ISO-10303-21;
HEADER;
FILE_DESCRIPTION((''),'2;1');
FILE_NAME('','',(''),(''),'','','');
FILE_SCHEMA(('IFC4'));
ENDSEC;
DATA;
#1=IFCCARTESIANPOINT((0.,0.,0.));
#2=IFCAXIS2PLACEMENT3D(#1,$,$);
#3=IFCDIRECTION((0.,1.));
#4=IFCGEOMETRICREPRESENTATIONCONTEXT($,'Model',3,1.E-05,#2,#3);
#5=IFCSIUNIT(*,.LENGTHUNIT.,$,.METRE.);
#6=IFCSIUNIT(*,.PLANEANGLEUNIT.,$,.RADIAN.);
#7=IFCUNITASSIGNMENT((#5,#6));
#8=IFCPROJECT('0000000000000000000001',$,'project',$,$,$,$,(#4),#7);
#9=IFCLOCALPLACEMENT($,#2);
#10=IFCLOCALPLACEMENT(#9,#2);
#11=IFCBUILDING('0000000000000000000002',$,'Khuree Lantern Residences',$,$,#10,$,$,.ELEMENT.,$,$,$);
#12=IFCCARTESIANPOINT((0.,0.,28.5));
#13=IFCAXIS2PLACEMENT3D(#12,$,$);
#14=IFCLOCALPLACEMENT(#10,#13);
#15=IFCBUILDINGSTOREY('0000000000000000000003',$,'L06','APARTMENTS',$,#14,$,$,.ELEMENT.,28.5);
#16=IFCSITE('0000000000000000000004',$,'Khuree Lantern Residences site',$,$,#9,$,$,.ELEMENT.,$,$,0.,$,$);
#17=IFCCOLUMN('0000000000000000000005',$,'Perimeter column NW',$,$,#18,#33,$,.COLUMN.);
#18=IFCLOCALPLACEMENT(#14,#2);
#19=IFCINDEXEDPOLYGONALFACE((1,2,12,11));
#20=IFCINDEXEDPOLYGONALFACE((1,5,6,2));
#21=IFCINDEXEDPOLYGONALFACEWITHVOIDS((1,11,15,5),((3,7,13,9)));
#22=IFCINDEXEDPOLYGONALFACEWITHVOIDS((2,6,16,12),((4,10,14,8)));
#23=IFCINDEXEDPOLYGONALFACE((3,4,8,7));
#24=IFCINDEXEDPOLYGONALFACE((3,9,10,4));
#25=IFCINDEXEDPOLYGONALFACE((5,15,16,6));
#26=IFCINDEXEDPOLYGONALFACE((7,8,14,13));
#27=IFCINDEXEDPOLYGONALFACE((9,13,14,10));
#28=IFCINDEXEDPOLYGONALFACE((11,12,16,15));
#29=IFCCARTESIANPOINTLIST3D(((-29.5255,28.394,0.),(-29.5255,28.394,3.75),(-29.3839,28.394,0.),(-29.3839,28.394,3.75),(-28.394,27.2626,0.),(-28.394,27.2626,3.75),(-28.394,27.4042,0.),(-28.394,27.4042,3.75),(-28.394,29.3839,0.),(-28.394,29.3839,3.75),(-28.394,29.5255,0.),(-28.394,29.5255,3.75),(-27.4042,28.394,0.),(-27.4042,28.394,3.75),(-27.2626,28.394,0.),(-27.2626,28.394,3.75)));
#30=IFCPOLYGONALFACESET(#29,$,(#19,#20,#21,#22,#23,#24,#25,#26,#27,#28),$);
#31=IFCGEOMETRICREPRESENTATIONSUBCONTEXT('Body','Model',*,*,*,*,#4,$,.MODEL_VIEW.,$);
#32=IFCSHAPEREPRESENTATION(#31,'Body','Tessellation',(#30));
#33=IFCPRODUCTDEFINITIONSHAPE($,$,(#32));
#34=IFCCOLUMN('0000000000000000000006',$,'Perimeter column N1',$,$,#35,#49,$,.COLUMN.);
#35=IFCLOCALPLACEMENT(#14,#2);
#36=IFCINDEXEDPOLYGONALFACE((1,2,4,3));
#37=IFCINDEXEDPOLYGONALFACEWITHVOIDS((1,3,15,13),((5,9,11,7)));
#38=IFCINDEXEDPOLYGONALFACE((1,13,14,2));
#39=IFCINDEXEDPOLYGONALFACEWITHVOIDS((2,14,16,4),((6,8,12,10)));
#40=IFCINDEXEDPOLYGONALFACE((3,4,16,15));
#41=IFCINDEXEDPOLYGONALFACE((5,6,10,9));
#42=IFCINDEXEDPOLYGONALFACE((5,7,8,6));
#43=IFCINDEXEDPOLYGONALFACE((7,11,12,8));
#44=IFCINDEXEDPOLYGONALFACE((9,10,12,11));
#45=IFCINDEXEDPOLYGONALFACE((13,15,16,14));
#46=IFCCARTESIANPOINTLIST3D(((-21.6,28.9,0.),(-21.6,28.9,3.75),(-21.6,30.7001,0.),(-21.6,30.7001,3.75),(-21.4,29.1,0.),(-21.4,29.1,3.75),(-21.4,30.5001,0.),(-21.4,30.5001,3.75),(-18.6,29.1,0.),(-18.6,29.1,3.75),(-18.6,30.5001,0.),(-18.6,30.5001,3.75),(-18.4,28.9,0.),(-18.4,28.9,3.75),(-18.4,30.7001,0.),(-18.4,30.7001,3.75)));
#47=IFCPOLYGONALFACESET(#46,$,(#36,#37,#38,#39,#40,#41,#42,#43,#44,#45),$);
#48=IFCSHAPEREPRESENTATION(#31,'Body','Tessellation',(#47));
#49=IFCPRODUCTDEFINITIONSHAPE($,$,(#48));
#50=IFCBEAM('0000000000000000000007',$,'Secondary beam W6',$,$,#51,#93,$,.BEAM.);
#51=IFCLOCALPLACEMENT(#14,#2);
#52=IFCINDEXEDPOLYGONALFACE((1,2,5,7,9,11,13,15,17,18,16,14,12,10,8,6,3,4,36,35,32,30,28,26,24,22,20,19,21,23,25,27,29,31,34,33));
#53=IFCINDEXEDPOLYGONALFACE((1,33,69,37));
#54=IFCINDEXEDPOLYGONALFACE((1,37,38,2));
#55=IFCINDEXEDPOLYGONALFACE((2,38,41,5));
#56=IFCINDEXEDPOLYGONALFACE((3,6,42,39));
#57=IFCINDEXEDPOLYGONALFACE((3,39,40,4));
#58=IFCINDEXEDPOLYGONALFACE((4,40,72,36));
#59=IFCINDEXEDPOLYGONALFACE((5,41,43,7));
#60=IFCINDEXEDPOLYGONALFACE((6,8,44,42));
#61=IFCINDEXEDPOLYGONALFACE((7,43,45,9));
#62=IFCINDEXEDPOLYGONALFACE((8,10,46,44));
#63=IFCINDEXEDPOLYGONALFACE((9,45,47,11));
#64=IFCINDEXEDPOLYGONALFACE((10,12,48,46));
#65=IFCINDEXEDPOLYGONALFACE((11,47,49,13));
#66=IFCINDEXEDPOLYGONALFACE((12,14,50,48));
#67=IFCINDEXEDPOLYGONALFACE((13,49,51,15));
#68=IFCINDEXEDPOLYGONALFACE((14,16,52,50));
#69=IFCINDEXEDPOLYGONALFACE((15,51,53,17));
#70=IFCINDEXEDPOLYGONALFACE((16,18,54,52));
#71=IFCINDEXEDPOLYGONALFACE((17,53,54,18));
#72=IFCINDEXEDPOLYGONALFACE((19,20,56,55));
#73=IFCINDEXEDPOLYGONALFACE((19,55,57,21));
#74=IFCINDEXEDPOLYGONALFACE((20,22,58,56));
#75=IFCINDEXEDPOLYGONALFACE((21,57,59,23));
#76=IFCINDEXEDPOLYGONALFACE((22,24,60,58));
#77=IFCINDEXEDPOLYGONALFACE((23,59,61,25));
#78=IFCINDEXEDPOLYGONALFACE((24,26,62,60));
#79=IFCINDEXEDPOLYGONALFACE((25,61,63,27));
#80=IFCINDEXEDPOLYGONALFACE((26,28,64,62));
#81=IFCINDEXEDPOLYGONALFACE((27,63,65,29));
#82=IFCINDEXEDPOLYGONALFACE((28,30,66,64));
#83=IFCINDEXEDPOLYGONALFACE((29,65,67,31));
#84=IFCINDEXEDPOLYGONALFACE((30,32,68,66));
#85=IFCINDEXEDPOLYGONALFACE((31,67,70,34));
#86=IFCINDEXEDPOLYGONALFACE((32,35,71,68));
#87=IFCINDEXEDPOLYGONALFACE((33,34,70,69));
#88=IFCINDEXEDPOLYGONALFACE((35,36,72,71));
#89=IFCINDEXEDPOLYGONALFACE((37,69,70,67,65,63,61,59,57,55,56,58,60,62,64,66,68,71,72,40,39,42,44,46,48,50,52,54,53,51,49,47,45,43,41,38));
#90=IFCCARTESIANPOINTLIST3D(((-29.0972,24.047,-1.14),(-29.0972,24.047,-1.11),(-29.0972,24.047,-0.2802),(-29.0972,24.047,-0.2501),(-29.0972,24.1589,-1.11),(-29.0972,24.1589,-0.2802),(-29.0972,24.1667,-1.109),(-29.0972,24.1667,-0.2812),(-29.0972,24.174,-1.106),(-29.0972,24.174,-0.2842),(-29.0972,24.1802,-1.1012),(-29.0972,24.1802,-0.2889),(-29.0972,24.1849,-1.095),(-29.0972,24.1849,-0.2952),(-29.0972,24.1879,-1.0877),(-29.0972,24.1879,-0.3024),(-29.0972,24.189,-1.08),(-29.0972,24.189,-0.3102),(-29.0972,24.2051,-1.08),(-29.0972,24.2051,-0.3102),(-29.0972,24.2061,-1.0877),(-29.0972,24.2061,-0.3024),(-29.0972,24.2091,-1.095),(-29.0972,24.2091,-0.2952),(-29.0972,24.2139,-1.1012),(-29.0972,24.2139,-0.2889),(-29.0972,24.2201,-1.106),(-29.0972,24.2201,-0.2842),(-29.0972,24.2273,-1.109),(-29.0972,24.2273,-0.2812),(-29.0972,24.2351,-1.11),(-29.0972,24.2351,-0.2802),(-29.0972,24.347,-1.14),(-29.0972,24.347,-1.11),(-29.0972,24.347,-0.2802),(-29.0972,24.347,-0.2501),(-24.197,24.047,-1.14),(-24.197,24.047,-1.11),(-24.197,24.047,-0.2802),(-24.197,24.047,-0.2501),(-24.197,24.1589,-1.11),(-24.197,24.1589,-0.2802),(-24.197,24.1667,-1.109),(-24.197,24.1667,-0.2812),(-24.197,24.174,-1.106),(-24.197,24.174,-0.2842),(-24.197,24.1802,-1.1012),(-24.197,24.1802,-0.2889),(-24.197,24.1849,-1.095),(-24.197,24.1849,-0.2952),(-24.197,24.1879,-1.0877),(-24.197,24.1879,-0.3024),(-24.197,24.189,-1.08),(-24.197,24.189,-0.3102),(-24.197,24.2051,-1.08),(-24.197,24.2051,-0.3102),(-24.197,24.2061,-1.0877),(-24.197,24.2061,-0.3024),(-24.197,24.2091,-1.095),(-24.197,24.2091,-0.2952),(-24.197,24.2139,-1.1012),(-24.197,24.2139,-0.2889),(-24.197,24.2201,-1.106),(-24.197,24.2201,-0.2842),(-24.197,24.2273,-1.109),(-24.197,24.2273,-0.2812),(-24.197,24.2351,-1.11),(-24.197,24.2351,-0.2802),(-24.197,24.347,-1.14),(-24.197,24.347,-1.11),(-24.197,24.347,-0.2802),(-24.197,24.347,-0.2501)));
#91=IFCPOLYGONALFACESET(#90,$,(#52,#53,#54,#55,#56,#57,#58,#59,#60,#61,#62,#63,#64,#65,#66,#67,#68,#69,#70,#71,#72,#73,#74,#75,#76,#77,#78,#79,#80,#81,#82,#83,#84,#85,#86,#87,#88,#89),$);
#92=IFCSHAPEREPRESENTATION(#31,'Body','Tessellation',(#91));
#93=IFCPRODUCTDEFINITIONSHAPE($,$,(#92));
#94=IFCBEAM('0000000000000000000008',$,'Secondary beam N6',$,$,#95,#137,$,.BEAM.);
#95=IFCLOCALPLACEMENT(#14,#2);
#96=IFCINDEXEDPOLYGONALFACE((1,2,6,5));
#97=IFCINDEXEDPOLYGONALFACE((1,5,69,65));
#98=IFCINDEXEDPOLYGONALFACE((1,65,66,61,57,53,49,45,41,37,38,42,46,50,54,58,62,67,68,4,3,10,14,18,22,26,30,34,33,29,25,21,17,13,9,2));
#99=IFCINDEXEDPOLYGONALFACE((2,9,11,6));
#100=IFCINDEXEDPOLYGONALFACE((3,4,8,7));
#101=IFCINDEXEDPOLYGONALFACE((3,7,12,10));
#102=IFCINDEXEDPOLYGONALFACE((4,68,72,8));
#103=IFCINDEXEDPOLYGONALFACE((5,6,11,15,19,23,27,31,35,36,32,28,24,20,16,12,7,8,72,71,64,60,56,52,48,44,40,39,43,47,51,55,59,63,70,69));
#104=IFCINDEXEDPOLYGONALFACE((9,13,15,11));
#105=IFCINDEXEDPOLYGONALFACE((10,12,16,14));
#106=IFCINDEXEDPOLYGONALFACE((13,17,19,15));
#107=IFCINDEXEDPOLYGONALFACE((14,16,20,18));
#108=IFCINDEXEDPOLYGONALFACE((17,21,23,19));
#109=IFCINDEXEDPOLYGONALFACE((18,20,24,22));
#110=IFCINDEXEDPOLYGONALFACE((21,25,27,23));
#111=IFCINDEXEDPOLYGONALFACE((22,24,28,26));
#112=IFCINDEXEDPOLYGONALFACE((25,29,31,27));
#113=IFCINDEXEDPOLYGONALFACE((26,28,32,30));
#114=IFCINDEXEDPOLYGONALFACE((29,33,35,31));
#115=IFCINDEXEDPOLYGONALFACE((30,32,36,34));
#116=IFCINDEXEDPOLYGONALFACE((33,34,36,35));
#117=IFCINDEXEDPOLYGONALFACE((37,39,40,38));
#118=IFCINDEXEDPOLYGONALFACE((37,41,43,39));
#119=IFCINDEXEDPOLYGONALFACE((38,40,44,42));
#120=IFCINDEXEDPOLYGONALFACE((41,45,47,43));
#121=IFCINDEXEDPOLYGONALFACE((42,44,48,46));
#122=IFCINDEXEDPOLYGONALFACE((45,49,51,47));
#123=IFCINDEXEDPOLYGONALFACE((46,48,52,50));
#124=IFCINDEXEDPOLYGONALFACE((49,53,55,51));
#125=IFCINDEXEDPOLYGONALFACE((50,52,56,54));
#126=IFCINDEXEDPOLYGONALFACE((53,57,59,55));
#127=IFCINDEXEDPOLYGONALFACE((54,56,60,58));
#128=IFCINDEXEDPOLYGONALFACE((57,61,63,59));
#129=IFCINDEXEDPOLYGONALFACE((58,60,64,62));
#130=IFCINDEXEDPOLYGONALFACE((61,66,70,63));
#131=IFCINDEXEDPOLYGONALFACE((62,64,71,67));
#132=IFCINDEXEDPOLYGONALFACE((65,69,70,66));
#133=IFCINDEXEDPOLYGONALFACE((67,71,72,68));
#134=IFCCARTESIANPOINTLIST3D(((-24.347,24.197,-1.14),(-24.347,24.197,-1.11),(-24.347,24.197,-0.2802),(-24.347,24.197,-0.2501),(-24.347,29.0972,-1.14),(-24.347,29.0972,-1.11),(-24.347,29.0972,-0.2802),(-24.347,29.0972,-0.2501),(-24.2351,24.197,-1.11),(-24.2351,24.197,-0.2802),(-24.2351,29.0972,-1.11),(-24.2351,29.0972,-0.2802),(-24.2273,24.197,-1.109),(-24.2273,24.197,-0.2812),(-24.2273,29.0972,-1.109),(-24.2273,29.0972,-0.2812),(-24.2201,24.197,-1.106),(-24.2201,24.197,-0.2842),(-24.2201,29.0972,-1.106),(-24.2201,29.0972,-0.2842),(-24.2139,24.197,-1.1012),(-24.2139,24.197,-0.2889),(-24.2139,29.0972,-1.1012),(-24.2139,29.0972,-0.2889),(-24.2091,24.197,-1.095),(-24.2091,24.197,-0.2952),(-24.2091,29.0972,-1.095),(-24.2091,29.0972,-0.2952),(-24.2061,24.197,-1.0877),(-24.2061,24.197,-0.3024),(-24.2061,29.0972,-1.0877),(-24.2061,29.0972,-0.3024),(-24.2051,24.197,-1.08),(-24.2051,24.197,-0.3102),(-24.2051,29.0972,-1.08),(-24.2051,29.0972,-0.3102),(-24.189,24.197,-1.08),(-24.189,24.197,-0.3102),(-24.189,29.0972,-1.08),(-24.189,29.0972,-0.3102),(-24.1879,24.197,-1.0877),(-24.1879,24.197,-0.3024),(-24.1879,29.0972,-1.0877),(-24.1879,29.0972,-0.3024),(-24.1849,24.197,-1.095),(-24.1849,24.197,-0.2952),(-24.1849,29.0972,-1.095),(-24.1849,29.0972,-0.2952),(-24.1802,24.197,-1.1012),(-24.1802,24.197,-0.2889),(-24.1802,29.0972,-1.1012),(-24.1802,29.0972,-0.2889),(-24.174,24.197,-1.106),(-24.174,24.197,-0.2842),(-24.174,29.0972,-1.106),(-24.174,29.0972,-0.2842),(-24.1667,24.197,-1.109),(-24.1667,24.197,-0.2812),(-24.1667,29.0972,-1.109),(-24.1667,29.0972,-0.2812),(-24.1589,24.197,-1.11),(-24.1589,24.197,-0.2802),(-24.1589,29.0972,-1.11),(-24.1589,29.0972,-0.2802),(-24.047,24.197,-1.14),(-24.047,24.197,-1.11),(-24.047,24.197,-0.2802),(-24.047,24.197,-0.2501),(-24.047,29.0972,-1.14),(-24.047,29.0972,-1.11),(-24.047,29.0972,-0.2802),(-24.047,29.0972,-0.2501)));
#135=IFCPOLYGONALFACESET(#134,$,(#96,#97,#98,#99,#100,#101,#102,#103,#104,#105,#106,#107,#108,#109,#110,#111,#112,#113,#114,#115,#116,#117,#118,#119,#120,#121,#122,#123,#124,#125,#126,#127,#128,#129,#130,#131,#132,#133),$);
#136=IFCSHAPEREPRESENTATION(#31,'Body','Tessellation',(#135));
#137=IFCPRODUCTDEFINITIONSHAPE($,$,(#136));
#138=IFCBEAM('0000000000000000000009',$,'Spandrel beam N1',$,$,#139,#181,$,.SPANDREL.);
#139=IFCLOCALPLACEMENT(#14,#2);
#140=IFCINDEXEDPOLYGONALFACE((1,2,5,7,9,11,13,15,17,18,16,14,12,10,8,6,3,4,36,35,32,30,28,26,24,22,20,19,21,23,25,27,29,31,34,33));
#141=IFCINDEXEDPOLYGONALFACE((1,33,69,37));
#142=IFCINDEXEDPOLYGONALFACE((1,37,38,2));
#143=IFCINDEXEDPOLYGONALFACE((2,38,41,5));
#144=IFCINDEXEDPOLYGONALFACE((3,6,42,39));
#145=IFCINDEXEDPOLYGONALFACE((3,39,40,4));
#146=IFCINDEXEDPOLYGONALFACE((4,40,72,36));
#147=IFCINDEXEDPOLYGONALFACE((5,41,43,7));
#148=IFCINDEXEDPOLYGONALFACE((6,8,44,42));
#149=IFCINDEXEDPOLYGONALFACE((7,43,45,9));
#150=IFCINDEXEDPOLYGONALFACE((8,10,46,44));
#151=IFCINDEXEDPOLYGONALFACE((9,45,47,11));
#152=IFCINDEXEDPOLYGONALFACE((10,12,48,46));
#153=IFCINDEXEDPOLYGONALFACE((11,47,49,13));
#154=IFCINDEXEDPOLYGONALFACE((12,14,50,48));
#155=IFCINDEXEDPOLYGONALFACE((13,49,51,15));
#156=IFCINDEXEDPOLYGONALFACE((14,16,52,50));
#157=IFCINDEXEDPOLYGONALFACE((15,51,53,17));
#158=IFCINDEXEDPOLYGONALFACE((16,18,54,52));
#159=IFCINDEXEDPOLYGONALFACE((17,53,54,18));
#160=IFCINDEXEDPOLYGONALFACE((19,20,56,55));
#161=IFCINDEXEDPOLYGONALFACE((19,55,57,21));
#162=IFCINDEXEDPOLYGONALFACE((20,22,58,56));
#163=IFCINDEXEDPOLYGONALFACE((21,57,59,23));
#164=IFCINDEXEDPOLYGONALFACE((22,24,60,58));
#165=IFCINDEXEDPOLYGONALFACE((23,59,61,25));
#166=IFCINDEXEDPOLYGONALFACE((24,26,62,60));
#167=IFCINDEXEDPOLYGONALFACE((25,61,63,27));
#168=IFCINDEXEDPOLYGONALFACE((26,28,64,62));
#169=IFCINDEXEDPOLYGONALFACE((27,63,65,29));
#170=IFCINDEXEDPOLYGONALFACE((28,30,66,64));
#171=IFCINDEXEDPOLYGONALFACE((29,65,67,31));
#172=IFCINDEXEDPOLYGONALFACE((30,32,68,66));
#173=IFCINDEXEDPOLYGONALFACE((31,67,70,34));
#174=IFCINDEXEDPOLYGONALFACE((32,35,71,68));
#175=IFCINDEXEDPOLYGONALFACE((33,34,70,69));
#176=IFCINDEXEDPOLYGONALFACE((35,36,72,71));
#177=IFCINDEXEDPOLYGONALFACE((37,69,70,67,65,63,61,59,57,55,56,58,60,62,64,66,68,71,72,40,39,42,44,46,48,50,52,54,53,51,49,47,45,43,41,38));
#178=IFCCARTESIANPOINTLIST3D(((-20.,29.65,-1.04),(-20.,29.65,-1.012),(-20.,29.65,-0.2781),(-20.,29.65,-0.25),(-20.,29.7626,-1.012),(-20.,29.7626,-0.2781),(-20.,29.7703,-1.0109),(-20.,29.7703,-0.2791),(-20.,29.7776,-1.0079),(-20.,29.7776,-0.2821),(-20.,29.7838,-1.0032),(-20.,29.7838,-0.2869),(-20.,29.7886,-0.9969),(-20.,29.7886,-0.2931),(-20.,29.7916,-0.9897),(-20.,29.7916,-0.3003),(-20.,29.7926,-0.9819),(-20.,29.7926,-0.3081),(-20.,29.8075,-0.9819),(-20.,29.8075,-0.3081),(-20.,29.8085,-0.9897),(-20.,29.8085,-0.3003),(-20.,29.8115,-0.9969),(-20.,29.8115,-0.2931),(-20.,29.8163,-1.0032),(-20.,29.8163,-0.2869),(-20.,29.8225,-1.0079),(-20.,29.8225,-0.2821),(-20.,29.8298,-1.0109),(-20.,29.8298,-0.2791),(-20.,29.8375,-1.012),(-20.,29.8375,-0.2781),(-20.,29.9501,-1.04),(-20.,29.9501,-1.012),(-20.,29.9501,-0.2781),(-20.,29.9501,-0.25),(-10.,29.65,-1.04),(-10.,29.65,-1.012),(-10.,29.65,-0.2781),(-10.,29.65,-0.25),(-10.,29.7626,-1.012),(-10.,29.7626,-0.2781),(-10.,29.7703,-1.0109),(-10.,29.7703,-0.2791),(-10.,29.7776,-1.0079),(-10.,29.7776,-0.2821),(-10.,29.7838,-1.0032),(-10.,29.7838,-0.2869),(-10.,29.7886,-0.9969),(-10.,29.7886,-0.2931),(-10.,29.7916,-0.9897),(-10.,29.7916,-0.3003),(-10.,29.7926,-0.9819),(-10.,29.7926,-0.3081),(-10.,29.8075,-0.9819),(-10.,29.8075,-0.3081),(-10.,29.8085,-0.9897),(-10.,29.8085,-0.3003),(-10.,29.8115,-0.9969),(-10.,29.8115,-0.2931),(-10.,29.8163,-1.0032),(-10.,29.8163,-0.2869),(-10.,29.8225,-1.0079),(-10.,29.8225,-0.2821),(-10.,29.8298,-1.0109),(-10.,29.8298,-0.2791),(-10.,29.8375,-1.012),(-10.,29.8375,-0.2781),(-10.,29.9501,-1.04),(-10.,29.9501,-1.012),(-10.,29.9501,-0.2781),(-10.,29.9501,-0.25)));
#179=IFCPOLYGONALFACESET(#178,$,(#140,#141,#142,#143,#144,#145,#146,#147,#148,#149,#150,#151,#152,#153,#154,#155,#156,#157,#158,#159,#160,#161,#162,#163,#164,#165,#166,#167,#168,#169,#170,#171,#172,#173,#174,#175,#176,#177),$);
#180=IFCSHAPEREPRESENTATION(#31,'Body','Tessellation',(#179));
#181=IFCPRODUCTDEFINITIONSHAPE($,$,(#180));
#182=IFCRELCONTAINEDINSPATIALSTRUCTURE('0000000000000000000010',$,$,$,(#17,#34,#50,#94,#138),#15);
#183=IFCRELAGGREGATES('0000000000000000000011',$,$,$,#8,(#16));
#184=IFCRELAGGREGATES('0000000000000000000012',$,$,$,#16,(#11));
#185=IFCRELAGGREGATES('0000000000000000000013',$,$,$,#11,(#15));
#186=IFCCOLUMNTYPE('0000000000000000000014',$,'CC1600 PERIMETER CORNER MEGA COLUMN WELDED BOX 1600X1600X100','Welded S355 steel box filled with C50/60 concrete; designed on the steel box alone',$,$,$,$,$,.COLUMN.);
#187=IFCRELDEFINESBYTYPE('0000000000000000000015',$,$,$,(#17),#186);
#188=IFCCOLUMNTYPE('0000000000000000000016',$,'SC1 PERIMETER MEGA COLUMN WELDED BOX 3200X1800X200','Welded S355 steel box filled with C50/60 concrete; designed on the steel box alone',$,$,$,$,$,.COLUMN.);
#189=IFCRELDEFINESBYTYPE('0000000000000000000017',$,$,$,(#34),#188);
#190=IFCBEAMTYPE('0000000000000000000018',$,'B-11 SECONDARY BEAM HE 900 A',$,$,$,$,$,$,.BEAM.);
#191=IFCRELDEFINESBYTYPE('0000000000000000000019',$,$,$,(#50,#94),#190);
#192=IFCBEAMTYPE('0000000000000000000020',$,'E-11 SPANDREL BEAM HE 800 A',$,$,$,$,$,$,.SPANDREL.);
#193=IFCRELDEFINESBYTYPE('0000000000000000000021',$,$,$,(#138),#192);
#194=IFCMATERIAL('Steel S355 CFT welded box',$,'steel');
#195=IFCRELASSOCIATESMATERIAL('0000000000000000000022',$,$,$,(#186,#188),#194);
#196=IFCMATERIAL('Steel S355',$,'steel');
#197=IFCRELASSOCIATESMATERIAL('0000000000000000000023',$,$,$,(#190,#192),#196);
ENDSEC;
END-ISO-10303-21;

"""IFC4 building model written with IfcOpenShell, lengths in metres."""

from ifc_helpers import new_model, si_unit, direction, frame, origin, origin_2d, place, context, subcontext, project, spatial, hollow_rectangle, i_section, extrude, material, material_profile, profile_set, type_object, element, save


model = new_model("IFC4")

# Units and contexts
model_context = context("Model", 3, precision=1e-05, world=origin(), true_north=direction((0.0, 1.0)))
body_context = subcontext(model_context, "Body", "Model", "MODEL_VIEW")
ifc_project = project(units=[si_unit("LENGTHUNIT", "METRE"), si_unit("PLANEANGLEUNIT", "RADIAN")], contexts=[model_context])

# Site, building, storey
site_placement = place(None, origin())
site = spatial("IfcSite", under=ifc_project, at=site_placement, Name="Khuree Lantern Residences site", CompositionType="ELEMENT", RefElevation=0.0)
building_placement = place(site_placement, origin())
building = spatial("IfcBuilding", under=site, at=building_placement, Name="Khuree Lantern Residences", CompositionType="ELEMENT")
storey_placement = place(building_placement, frame((0.0, 0.0, 28.5)))
storey = spatial("IfcBuildingStorey", under=building, at=storey_placement, Name="L06", Description="APARTMENTS", CompositionType="ELEMENT", Elevation=28.5)

# Columns
ifc_material_1 = material(Name="Steel S355 CFT welded box", Category="steel")
ifc_material_profile_1 = material_profile(ifc_material_1, hollow_rectangle(XDim=1.6001, YDim=1.6001, WallThickness=0.1001, at=origin_2d()), Name="WELDED BOX 1600X1600X100")
ifc_profile_set_1 = profile_set([ifc_material_profile_1], Name="Steel S355 CFT welded box")
column_type_1 = type_object("IfcColumnType", Name="CC1600 PERIMETER CORNER MEGA COLUMN WELDED BOX 1600X1600X100", Description="Welded S355 steel box filled with C50/60 concrete; designed on the steel box alone", PredefinedType="COLUMN", material=ifc_profile_set_1)
column_1_placement = place(storey_placement, frame((-28.394, 28.394, 0.0), z_axis=(0.0, 0.0, 1.0), x_axis=(0.707107, 0.707107, 0.0)))
element("IfcColumn", 1, at=column_1_placement, inside=storey, type_object=column_type_1, Name="Perimeter column NW", PredefinedType="COLUMN", context=body_context, shape_type="SweptSolid", body=[
    extrude(hollow_rectangle(XDim=1.6001, YDim=1.6001, WallThickness=0.1001, at=origin_2d()), origin(), (0.0, 0.0, 1.0), 3.75),
])
ifc_material_profile_2 = material_profile(ifc_material_1, hollow_rectangle(XDim=3.2, YDim=1.8, WallThickness=0.2, at=origin_2d()), Name="WELDED BOX 3200X1800X200")
ifc_profile_set_2 = profile_set([ifc_material_profile_2], Name="Steel S355 CFT welded box")
column_type_2 = type_object("IfcColumnType", Name="SC1 PERIMETER MEGA COLUMN WELDED BOX 3200X1800X200", Description="Welded S355 steel box filled with C50/60 concrete; designed on the steel box alone", PredefinedType="COLUMN", material=ifc_profile_set_2)
column_2_placement = place(storey_placement, frame((-20.0, 29.8, 0.0), z_axis=(0.0, 0.0, 1.0), x_axis=(1.0, 0.0, 0.0)))
element("IfcColumn", 2, at=column_2_placement, inside=storey, type_object=column_type_2, Name="Perimeter column N1", PredefinedType="COLUMN", context=body_context, shape_type="SweptSolid", body=[
    extrude(hollow_rectangle(XDim=3.2, YDim=1.8, WallThickness=0.2, at=origin_2d()), origin(), (0.0, 0.0, 1.0), 3.75),
])

# Beams
ifc_material_2 = material(Name="Steel S355", Category="steel")
ifc_material_profile_3 = material_profile(ifc_material_2, i_section(OverallWidth=0.3, OverallDepth=0.8899, WebThickness=0.0161, FlangeThickness=0.03, FilletRadius=0.03, at=origin_2d()), Name="HE 900 A")
ifc_profile_set_3 = profile_set([ifc_material_profile_3], Name="Steel S355")
beam_type_1 = type_object("IfcBeamType", Name="B-11 SECONDARY BEAM HE 900 A", PredefinedType="BEAM", material=ifc_profile_set_3)
for number, where, z_axis, x_axis, name in (
    (3, (-29.0972, 24.197, -0.6951), (1.0, 0.0, 0.0), (0.0, 1.0, 0.0), "Secondary beam W6"),
    (4, (-24.197, 29.0972, -0.6951), (0.0, -1.0, 0.0), (1.0, 0.0, 0.0), "Secondary beam N6"),
):
    element("IfcBeam", number, at=place(storey_placement, frame(where, z_axis=z_axis, x_axis=x_axis)), inside=storey, type_object=beam_type_1, Name=name, PredefinedType="BEAM", context=body_context, shape_type="SweptSolid", body=[
        extrude(i_section(OverallWidth=0.3, OverallDepth=0.8899, WebThickness=0.0161, FlangeThickness=0.03, FilletRadius=0.03, at=origin_2d()), origin(), (0.0, 0.0, 1.0), 4.9001),
    ])
ifc_material_profile_4 = material_profile(ifc_material_2, i_section(OverallWidth=0.3, OverallDepth=0.79, WebThickness=0.0149, FlangeThickness=0.0281, FilletRadius=0.03, at=origin_2d()), Name="HE 800 A")
ifc_profile_set_4 = profile_set([ifc_material_profile_4], Name="Steel S355")
beam_type_2 = type_object("IfcBeamType", Name="E-11 SPANDREL BEAM HE 800 A", PredefinedType="SPANDREL", material=ifc_profile_set_4)
beam_1_placement = place(storey_placement, frame((-20.0, 29.8, -0.645), z_axis=(1.0, 0.0, 0.0), x_axis=(0.0, 1.0, 0.0)))
element("IfcBeam", 5, at=beam_1_placement, inside=storey, type_object=beam_type_2, Name="Spandrel beam N1", PredefinedType="SPANDREL", context=body_context, shape_type="SweptSolid", body=[
    extrude(i_section(OverallWidth=0.3, OverallDepth=0.79, WebThickness=0.0149, FlangeThickness=0.0281, FilletRadius=0.03, at=origin_2d()), origin(), (0.0, 0.0, 1.0), 10.0),
])

save(model, "model.ifc")
